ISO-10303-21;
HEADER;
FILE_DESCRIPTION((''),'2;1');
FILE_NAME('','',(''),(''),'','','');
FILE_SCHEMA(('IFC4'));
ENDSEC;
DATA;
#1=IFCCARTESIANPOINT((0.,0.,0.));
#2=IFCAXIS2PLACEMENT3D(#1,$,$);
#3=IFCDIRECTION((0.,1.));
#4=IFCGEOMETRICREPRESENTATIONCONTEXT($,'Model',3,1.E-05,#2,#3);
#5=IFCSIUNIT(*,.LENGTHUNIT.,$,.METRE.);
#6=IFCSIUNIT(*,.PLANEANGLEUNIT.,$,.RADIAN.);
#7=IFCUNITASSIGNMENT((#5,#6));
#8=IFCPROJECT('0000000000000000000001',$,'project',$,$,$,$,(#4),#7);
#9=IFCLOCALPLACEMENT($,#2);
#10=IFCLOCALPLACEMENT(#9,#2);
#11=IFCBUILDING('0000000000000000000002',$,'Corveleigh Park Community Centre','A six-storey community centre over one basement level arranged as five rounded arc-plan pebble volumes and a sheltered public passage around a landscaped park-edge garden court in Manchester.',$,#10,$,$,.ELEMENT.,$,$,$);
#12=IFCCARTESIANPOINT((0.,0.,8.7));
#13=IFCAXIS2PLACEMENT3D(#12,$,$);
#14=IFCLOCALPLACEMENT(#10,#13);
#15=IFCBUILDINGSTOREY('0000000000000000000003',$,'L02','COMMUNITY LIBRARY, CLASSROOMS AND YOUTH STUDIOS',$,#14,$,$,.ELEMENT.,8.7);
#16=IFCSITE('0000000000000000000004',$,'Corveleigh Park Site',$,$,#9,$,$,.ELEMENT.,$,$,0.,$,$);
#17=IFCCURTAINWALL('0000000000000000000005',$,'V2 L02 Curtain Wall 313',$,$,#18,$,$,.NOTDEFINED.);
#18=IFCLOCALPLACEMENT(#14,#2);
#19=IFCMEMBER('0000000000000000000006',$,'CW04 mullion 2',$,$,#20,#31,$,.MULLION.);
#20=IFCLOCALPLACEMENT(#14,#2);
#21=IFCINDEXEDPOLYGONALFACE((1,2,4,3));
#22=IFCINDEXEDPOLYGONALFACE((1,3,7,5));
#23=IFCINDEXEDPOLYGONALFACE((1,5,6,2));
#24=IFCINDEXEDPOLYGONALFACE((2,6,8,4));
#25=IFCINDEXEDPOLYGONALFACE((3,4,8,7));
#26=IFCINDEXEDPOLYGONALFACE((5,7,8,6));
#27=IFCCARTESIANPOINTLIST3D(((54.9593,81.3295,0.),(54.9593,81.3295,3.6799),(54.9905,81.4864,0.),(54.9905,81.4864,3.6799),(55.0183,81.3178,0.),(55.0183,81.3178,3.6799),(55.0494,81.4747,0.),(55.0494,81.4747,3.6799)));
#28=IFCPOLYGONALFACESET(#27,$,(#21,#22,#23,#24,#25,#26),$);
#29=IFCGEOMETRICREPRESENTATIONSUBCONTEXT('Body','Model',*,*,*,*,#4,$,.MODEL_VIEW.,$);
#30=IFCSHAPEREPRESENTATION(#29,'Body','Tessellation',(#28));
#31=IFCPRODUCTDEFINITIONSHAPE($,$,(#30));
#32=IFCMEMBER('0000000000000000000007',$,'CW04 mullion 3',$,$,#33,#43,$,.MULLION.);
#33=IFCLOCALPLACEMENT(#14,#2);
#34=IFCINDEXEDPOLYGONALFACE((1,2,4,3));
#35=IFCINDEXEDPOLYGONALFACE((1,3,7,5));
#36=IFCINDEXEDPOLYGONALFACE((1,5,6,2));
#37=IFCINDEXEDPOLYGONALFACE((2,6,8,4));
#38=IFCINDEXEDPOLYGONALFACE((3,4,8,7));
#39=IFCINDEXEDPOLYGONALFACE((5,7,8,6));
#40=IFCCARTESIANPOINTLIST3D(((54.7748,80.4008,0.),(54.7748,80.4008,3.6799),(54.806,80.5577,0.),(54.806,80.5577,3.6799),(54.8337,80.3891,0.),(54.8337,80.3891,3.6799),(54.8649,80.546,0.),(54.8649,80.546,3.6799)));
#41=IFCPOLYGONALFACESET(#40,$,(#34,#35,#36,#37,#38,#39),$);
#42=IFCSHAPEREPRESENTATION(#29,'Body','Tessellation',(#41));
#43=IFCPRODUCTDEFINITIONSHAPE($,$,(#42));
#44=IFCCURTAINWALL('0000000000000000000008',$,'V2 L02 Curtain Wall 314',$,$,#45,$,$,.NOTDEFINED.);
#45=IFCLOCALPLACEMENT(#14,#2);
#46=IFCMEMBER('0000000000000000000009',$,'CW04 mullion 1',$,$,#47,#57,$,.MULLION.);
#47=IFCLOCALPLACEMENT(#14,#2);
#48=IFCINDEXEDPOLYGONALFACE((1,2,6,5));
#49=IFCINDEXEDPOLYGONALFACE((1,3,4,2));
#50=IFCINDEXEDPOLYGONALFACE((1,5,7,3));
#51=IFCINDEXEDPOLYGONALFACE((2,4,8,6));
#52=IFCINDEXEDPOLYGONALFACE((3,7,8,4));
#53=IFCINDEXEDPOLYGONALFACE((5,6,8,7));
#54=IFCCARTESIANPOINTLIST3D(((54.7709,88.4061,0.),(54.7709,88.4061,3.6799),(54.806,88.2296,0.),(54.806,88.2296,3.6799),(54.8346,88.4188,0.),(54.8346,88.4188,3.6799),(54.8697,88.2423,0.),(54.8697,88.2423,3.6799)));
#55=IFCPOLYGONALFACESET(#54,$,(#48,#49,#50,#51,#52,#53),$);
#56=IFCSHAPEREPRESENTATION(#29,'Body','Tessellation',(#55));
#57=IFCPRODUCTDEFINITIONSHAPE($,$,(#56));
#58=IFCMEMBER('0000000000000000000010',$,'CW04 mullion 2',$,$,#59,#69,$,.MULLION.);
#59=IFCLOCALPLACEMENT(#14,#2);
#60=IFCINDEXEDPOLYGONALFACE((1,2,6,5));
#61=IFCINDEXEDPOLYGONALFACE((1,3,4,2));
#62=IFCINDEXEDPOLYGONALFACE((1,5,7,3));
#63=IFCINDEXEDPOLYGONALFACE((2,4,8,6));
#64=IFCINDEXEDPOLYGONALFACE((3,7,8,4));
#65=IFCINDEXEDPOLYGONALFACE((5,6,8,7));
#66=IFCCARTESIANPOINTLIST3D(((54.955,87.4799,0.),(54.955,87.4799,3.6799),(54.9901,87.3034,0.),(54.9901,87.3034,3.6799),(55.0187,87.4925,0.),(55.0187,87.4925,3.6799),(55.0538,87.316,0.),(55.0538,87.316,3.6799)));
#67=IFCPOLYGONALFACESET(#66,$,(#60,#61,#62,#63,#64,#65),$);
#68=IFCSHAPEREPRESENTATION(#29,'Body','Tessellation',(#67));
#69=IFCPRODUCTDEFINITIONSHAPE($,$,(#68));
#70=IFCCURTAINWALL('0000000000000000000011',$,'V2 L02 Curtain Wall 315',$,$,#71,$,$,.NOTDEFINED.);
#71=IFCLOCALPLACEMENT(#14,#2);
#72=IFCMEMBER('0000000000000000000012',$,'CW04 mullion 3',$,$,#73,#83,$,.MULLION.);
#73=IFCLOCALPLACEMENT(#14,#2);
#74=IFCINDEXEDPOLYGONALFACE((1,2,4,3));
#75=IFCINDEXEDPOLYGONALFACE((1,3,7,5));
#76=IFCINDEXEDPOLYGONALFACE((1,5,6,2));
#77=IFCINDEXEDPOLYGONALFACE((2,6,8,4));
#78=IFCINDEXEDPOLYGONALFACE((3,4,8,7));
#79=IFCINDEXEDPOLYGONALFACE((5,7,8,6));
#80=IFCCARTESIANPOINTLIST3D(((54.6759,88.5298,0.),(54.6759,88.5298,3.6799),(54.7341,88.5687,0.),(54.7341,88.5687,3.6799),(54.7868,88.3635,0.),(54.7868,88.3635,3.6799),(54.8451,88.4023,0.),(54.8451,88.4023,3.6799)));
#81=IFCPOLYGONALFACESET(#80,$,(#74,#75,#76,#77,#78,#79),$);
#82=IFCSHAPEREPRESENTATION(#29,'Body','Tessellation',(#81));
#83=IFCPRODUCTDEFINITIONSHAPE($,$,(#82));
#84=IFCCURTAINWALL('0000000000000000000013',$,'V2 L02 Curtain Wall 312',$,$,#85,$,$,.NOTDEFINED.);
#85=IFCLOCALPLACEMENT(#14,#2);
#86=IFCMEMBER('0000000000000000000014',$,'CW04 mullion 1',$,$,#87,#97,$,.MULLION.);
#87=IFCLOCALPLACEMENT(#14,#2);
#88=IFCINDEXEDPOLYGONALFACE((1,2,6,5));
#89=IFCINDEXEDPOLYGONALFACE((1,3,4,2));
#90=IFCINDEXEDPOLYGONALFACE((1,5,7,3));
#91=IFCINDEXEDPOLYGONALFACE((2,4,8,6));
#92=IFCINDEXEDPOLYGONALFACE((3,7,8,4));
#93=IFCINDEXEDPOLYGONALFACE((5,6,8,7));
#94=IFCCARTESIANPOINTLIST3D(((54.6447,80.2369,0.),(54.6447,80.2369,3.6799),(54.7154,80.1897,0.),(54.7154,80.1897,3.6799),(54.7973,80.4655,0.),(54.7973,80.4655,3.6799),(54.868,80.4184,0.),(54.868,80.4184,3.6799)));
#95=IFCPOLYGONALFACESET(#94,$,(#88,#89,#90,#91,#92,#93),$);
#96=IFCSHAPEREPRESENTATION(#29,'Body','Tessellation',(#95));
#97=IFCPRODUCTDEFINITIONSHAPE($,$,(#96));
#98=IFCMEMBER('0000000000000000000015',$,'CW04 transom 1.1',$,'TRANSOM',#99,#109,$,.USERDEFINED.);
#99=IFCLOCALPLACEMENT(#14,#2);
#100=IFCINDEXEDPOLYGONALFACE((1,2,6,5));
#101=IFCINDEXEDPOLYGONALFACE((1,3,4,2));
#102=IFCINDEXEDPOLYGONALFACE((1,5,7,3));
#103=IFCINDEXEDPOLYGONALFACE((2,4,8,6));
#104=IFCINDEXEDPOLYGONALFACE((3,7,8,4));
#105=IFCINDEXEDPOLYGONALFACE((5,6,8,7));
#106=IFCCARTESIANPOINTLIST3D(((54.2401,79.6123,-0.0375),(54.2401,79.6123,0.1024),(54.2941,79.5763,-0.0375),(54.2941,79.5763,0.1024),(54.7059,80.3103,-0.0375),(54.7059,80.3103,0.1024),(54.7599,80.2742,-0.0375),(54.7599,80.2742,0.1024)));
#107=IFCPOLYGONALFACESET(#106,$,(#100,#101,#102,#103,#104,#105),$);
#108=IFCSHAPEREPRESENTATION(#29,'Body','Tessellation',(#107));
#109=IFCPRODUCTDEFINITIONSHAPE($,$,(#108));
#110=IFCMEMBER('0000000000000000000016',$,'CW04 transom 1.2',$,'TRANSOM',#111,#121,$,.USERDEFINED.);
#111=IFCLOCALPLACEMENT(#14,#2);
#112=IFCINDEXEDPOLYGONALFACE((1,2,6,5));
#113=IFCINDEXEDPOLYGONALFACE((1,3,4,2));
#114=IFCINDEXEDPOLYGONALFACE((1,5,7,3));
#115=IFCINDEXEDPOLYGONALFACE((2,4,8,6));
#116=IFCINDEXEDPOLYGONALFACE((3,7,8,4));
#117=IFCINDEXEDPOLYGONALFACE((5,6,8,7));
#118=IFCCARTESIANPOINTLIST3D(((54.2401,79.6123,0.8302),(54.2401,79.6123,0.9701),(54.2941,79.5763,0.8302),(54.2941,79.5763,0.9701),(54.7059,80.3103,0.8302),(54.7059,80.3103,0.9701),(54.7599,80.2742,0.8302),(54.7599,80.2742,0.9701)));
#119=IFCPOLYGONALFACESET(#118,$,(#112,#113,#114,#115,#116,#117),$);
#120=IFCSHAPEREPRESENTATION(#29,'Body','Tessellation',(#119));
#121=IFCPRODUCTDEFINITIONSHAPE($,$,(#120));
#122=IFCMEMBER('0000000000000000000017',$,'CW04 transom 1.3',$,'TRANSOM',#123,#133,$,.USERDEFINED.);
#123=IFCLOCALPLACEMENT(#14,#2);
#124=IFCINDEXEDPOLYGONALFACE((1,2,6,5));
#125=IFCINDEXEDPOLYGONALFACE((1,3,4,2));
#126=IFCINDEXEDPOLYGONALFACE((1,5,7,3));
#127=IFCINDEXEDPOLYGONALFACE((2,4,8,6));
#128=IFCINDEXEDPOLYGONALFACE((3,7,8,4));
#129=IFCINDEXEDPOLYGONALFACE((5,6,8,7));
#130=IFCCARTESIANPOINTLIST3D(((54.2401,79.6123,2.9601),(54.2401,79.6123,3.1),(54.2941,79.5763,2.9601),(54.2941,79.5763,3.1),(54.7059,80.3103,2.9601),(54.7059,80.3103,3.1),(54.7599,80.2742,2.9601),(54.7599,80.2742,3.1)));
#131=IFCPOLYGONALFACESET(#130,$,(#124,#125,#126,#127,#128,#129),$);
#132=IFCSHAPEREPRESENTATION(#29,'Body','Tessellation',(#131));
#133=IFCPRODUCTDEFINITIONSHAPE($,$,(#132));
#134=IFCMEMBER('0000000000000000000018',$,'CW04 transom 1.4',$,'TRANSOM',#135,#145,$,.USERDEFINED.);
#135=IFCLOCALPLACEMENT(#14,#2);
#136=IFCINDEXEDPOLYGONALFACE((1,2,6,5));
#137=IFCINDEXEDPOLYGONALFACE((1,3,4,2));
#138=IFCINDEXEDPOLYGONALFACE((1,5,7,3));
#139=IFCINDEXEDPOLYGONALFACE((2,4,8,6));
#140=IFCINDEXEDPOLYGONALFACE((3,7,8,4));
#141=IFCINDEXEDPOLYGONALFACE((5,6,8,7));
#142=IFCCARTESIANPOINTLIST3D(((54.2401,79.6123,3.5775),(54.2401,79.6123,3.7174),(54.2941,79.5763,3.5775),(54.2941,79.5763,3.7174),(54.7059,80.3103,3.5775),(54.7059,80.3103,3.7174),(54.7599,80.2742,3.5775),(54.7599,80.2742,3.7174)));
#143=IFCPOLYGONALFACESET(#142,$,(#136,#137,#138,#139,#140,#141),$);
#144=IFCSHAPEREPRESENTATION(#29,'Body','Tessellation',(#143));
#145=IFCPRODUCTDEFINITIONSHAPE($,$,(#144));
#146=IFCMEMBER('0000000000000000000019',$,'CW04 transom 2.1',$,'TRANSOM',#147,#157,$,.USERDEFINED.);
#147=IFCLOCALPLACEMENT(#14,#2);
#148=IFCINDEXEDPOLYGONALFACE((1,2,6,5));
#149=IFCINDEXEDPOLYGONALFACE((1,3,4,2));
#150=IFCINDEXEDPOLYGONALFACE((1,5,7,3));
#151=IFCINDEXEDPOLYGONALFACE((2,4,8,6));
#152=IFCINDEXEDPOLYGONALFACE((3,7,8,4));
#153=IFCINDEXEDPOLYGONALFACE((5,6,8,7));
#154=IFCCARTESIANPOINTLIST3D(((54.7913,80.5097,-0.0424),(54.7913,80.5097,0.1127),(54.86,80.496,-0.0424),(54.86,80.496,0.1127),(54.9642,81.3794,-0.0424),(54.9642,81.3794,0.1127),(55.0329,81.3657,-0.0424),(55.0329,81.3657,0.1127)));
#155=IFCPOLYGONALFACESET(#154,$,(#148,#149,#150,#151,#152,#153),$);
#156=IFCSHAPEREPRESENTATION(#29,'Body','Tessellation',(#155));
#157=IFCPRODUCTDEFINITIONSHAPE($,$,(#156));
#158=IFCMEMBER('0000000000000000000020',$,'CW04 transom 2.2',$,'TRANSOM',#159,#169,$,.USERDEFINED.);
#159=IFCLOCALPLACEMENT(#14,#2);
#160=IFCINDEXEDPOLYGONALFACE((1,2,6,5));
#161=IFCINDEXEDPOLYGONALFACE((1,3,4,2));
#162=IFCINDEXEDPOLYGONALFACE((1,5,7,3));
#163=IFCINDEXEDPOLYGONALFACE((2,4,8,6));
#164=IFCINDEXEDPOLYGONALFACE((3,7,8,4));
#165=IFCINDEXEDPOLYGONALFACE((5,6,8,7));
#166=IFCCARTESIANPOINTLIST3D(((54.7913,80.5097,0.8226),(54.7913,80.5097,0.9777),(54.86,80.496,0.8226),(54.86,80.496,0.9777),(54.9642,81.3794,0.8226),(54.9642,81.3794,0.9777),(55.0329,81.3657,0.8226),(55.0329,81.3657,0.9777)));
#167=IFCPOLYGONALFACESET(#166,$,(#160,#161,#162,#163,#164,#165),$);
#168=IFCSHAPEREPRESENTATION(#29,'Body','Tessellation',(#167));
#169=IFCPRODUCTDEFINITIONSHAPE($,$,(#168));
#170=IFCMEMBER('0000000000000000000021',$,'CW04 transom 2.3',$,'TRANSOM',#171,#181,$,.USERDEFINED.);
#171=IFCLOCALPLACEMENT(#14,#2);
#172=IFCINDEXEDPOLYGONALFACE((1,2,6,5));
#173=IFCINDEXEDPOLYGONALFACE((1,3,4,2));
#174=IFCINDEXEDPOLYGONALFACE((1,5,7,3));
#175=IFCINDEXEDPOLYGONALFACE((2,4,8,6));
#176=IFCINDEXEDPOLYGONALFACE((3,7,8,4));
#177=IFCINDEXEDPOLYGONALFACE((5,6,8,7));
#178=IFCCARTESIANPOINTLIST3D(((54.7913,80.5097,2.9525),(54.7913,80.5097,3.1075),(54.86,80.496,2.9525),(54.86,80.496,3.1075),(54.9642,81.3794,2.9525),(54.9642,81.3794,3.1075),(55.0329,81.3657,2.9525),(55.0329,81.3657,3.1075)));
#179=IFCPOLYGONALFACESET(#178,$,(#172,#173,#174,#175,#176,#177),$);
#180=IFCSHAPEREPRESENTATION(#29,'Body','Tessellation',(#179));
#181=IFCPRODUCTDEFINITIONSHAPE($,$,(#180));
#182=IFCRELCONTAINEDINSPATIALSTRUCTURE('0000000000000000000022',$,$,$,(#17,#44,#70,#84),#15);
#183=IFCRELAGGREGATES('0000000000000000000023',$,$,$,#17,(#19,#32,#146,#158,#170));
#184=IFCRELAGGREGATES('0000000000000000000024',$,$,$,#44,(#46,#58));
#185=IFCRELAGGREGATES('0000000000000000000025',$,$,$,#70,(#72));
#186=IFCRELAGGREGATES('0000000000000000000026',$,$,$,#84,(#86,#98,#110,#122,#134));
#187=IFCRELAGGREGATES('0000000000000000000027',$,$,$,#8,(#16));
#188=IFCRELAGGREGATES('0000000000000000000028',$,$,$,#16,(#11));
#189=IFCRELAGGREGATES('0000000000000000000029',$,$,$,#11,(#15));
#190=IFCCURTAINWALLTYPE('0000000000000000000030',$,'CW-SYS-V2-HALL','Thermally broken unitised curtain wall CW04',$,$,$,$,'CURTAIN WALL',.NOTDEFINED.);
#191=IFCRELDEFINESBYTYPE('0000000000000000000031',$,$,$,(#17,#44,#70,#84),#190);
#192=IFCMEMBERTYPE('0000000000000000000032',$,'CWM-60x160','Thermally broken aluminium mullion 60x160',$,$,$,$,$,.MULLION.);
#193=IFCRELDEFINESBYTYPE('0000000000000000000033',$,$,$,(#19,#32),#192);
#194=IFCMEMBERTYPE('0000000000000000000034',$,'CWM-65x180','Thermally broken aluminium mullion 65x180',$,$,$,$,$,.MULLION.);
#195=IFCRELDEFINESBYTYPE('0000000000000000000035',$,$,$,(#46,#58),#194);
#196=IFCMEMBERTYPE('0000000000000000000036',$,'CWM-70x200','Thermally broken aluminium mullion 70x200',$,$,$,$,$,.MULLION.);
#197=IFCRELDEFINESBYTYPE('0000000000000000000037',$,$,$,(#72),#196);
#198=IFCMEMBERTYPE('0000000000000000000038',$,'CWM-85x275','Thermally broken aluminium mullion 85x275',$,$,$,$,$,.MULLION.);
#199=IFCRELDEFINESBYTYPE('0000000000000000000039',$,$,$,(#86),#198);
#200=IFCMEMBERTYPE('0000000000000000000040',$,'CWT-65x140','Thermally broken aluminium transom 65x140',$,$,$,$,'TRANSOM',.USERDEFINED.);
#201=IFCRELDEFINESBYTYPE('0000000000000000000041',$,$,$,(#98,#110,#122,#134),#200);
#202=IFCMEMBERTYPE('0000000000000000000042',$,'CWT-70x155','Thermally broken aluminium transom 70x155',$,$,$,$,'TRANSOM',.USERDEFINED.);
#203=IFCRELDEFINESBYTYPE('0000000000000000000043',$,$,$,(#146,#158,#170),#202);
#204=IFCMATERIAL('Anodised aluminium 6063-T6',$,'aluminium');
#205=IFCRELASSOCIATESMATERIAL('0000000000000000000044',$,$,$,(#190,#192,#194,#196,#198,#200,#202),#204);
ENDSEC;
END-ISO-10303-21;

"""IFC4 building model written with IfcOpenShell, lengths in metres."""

from ifc_helpers import new_model, si_unit, direction, frame, origin, origin_2d, place, context, subcontext, project, spatial, rectangle, extrude, material, material_profile, profile_set, type_object, element, aggregate, save


model = new_model("IFC4")

# Units and contexts
model_context = context("Model", 3, precision=1e-05, world=origin(), true_north=direction((0.0, 1.0)))
body_context = subcontext(model_context, "Body", "Model", "MODEL_VIEW")
ifc_project = project(units=[si_unit("LENGTHUNIT", "METRE"), si_unit("PLANEANGLEUNIT", "RADIAN")], contexts=[model_context])

# Site, building, storey
site_placement = place(None, origin())
site = spatial("IfcSite", under=ifc_project, at=site_placement, Name="Corveleigh Park Site", CompositionType="ELEMENT", RefElevation=0.0)
building_placement = place(site_placement, origin())
building = spatial("IfcBuilding", under=site, at=building_placement, Name="Corveleigh Park Community Centre", Description="A six-storey community centre over one basement level arranged as five rounded arc-plan pebble volumes and a sheltered public passage around a landscaped park-edge garden court in Manchester.", CompositionType="ELEMENT")
storey_placement = place(building_placement, frame((0.0, 0.0, 8.7)))
storey = spatial("IfcBuildingStorey", under=building, at=storey_placement, Name="L02", Description="COMMUNITY LIBRARY, CLASSROOMS AND YOUTH STUDIOS", CompositionType="ELEMENT", Elevation=8.7)

# Curtain walls, members
ifc_material_1 = material(Name="Anodised aluminium 6063-T6", Category="aluminium")
curtain_wall_type = type_object("IfcCurtainWallType", Name="CW-SYS-V2-HALL", Description="Thermally broken unitised curtain wall CW04", ElementType="CURTAIN WALL", PredefinedType="NOTDEFINED", material=ifc_material_1)
curtain_wall_1_placement = place(storey_placement, origin())
curtain_wall_1 = element("IfcCurtainWall", 1, at=curtain_wall_1_placement, inside=storey, type_object=curtain_wall_type, Name="V2 L02 Curtain Wall 313", PredefinedType="NOTDEFINED")
ifc_material_profile_1 = material_profile(ifc_material_1, rectangle(XDim=0.0601, YDim=0.1599, at=origin_2d()), Name="ALU-M60x160", Category="aluminium")
ifc_profile_set_1 = profile_set([ifc_material_profile_1], Name="Anodised aluminium 6063-T6")
member_type_1 = type_object("IfcMemberType", Name="CWM-60x160", Description="Thermally broken aluminium mullion 60x160", PredefinedType="MULLION", material=ifc_profile_set_1)
member_1_placement = place(storey_placement, frame((55.0044, 81.4021, 0.0), z_axis=(0.0, 0.0, 1.0), x_axis=(0.980797, -0.195033, 0.0)))
member_1 = element("IfcMember", 2, at=member_1_placement, type_object=member_type_1, Name="CW04 mullion 2", PredefinedType="MULLION", context=body_context, shape_type="SweptSolid", body=[
    extrude(rectangle(XDim=0.0601, YDim=0.1599, at=origin_2d()), origin(), (0.0, 0.0, 1.0), 3.6799),
])
member_2_placement = place(storey_placement, frame((54.8198, 80.4734, 0.0), z_axis=(0.0, 0.0, 1.0), x_axis=(0.980797, -0.195033, 0.0)))
member_2 = element("IfcMember", 3, at=member_2_placement, type_object=member_type_1, Name="CW04 mullion 3", PredefinedType="MULLION", context=body_context, shape_type="SweptSolid", body=[
    extrude(rectangle(XDim=0.0601, YDim=0.1599, at=origin_2d()), origin(), (0.0, 0.0, 1.0), 3.6799),
])
curtain_wall_2_placement = place(storey_placement, origin())
curtain_wall_2 = element("IfcCurtainWall", 4, at=curtain_wall_2_placement, inside=storey, type_object=curtain_wall_type, Name="V2 L02 Curtain Wall 314", PredefinedType="NOTDEFINED")
ifc_material_profile_2 = material_profile(ifc_material_1, rectangle(XDim=0.0649, YDim=0.1799, at=origin_2d()), Name="ALU-M65x180", Category="aluminium")
ifc_profile_set_2 = profile_set([ifc_material_profile_2], Name="Anodised aluminium 6063-T6")
member_type_2 = type_object("IfcMemberType", Name="CWM-65x180", Description="Thermally broken aluminium mullion 65x180", PredefinedType="MULLION", material=ifc_profile_set_2)
member_3_placement = place(storey_placement, frame((54.8203, 88.3242, 0.0), z_axis=(0.0, 0.0, 1.0), x_axis=(0.980797, 0.195033, 0.0)))
member_3 = element("IfcMember", 5, at=member_3_placement, type_object=member_type_2, Name="CW04 mullion 1", PredefinedType="MULLION", context=body_context, shape_type="SweptSolid", body=[
    extrude(rectangle(XDim=0.0649, YDim=0.1799, at=origin_2d()), origin(), (0.0, 0.0, 1.0), 3.6799),
])
member_4_placement = place(storey_placement, frame((55.0044, 87.3979, 0.0), z_axis=(0.0, 0.0, 1.0), x_axis=(0.980797, 0.195033, 0.0)))
member_4 = element("IfcMember", 6, at=member_4_placement, type_object=member_type_2, Name="CW04 mullion 2", PredefinedType="MULLION", context=body_context, shape_type="SweptSolid", body=[
    extrude(rectangle(XDim=0.0649, YDim=0.1799, at=origin_2d()), origin(), (0.0, 0.0, 1.0), 3.6799),
])

# Curtain wall, member
curtain_wall_3_placement = place(storey_placement, origin())
curtain_wall_3 = element("IfcCurtainWall", 7, at=curtain_wall_3_placement, inside=storey, type_object=curtain_wall_type, Name="V2 L02 Curtain Wall 315", PredefinedType="NOTDEFINED")
ifc_material_profile_3 = material_profile(ifc_material_1, rectangle(XDim=0.0701, YDim=0.2, at=origin_2d()), Name="ALU-M70x200", Category="aluminium")
ifc_profile_set_3 = profile_set([ifc_material_profile_3], Name="Anodised aluminium 6063-T6")
member_type_3 = type_object("IfcMemberType", Name="CWM-70x200", Description="Thermally broken aluminium mullion 70x200", PredefinedType="MULLION", material=ifc_profile_set_3)
member_5_placement = place(storey_placement, frame((54.7605, 88.4661, 0.0), z_axis=(0.0, 0.0, 1.0), x_axis=(0.831811, 0.555058, 0.0)))
member_5 = element("IfcMember", 8, at=member_5_placement, type_object=member_type_3, Name="CW04 mullion 3", PredefinedType="MULLION", context=body_context, shape_type="SweptSolid", body=[
    extrude(rectangle(XDim=0.0701, YDim=0.2, at=origin_2d()), origin(), (0.0, 0.0, 1.0), 3.6799),
])

# Curtain wall, members
curtain_wall_4_placement = place(storey_placement, origin())
curtain_wall_4 = element("IfcCurtainWall", 9, at=curtain_wall_4_placement, inside=storey, type_object=curtain_wall_type, Name="V2 L02 Curtain Wall 312", PredefinedType="NOTDEFINED")
ifc_material_profile_4 = material_profile(ifc_material_1, rectangle(XDim=0.085, YDim=0.2749, at=origin_2d()), Name="ALU-M85x275", Category="aluminium")
ifc_profile_set_4 = profile_set([ifc_material_profile_4], Name="Anodised aluminium 6063-T6")
member_type_4 = type_object("IfcMemberType", Name="CWM-85x275", Description="Thermally broken aluminium mullion 85x275", PredefinedType="MULLION", material=ifc_profile_set_4)
member_6_placement = place(storey_placement, frame((54.7563, 80.3276, 0.0), z_axis=(0.0, 0.0, 1.0), x_axis=(0.831811, -0.555058, 0.0)))
member_6 = element("IfcMember", 10, at=member_6_placement, type_object=member_type_4, Name="CW04 mullion 1", PredefinedType="MULLION", context=body_context, shape_type="SweptSolid", body=[
    extrude(rectangle(XDim=0.085, YDim=0.2749, at=origin_2d()), origin(), (0.0, 0.0, 1.0), 3.6799),
])
ifc_material_profile_5 = material_profile(ifc_material_1, rectangle(XDim=0.0649, YDim=0.1399, at=origin_2d()), Name="ALU-T65x140", Category="aluminium")
ifc_profile_set_5 = profile_set([ifc_material_profile_5], Name="Anodised aluminium 6063-T6")
member_type_5 = type_object("IfcMemberType", Name="CWT-65x140", Description="Thermally broken aluminium transom 65x140", ElementType="TRANSOM", PredefinedType="USERDEFINED", material=ifc_profile_set_5)
member_7_placement = place(storey_placement, frame((54.7329, 80.2922, 0.0325), z_axis=(-0.555103, -0.831782, 0.0), x_axis=(0.831782, -0.555103, 0.0)))
member_7 = element("IfcMember", 11, at=member_7_placement, type_object=member_type_5, Name="CW04 transom 1.1", ObjectType="TRANSOM", PredefinedType="USERDEFINED", context=body_context, shape_type="SweptSolid", body=[
    extrude(rectangle(XDim=0.0649, YDim=0.1399, at=origin_2d()), origin(), (0.0, 0.0, 1.0), 0.8391),
])
member_8_placement = place(storey_placement, frame((54.7329, 80.2922, 0.9001), z_axis=(-0.555103, -0.831782, 0.0), x_axis=(0.831782, -0.555103, 0.0)))
member_8 = element("IfcMember", 12, at=member_8_placement, type_object=member_type_5, Name="CW04 transom 1.2", ObjectType="TRANSOM", PredefinedType="USERDEFINED", context=body_context, shape_type="SweptSolid", body=[
    extrude(rectangle(XDim=0.0649, YDim=0.1399, at=origin_2d()), origin(), (0.0, 0.0, 1.0), 0.8391),
])
member_9_placement = place(storey_placement, frame((54.7329, 80.2922, 3.03), z_axis=(-0.555103, -0.831782, 0.0), x_axis=(0.831782, -0.555103, 0.0)))
member_9 = element("IfcMember", 13, at=member_9_placement, type_object=member_type_5, Name="CW04 transom 1.3", ObjectType="TRANSOM", PredefinedType="USERDEFINED", context=body_context, shape_type="SweptSolid", body=[
    extrude(rectangle(XDim=0.0649, YDim=0.1399, at=origin_2d()), origin(), (0.0, 0.0, 1.0), 0.8391),
])
member_10_placement = place(storey_placement, frame((54.7329, 80.2922, 3.6475), z_axis=(-0.555103, -0.831782, 0.0), x_axis=(0.831782, -0.555103, 0.0)))
member_10 = element("IfcMember", 14, at=member_10_placement, type_object=member_type_5, Name="CW04 transom 1.4", ObjectType="TRANSOM", PredefinedType="USERDEFINED", context=body_context, shape_type="SweptSolid", body=[
    extrude(rectangle(XDim=0.0649, YDim=0.1399, at=origin_2d()), origin(), (0.0, 0.0, 1.0), 0.8391),
])

# Members
ifc_material_profile_6 = material_profile(ifc_material_1, rectangle(XDim=0.0701, YDim=0.155, at=origin_2d()), Name="ALU-T70x155", Category="aluminium")
ifc_profile_set_6 = profile_set([ifc_material_profile_6], Name="Anodised aluminium 6063-T6")
member_type_6 = type_object("IfcMemberType", Name="CWT-70x155", Description="Thermally broken aluminium transom 70x155", ElementType="TRANSOM", PredefinedType="USERDEFINED", material=ifc_profile_set_6)
member_11_placement = place(storey_placement, frame((54.9985, 81.3726, 0.0352), z_axis=(-0.194951, -0.980813, 0.0), x_axis=(0.980813, -0.194951, 0.0)))
member_11 = element("IfcMember", 15, at=member_11_placement, type_object=member_type_6, Name="CW04 transom 2.1", ObjectType="TRANSOM", PredefinedType="USERDEFINED", context=body_context, shape_type="SweptSolid", body=[
    extrude(rectangle(XDim=0.0701, YDim=0.155, at=origin_2d()), origin(), (0.0, 0.0, 1.0), 0.8867),
])
member_12_placement = place(storey_placement, frame((54.9985, 81.3726, 0.9001), z_axis=(-0.194951, -0.980813, 0.0), x_axis=(0.980813, -0.194951, 0.0)))
member_12 = element("IfcMember", 16, at=member_12_placement, type_object=member_type_6, Name="CW04 transom 2.2", ObjectType="TRANSOM", PredefinedType="USERDEFINED", context=body_context, shape_type="SweptSolid", body=[
    extrude(rectangle(XDim=0.0701, YDim=0.155, at=origin_2d()), origin(), (0.0, 0.0, 1.0), 0.8867),
])
member_13_placement = place(storey_placement, frame((54.9985, 81.3726, 3.03), z_axis=(-0.194951, -0.980813, 0.0), x_axis=(0.980813, -0.194951, 0.0)))
member_13 = element("IfcMember", 17, at=member_13_placement, type_object=member_type_6, Name="CW04 transom 2.3", ObjectType="TRANSOM", PredefinedType="USERDEFINED", context=body_context, shape_type="SweptSolid", body=[
    extrude(rectangle(XDim=0.0701, YDim=0.155, at=origin_2d()), origin(), (0.0, 0.0, 1.0), 0.8867),
])

aggregate(curtain_wall_1, [member_1, member_2, member_11, member_12, member_13])
aggregate(curtain_wall_2, [member_3, member_4])
aggregate(curtain_wall_3, [member_5])
aggregate(curtain_wall_4, [member_6, member_7, member_8, member_9, member_10])

save(model, "model.ifc")
